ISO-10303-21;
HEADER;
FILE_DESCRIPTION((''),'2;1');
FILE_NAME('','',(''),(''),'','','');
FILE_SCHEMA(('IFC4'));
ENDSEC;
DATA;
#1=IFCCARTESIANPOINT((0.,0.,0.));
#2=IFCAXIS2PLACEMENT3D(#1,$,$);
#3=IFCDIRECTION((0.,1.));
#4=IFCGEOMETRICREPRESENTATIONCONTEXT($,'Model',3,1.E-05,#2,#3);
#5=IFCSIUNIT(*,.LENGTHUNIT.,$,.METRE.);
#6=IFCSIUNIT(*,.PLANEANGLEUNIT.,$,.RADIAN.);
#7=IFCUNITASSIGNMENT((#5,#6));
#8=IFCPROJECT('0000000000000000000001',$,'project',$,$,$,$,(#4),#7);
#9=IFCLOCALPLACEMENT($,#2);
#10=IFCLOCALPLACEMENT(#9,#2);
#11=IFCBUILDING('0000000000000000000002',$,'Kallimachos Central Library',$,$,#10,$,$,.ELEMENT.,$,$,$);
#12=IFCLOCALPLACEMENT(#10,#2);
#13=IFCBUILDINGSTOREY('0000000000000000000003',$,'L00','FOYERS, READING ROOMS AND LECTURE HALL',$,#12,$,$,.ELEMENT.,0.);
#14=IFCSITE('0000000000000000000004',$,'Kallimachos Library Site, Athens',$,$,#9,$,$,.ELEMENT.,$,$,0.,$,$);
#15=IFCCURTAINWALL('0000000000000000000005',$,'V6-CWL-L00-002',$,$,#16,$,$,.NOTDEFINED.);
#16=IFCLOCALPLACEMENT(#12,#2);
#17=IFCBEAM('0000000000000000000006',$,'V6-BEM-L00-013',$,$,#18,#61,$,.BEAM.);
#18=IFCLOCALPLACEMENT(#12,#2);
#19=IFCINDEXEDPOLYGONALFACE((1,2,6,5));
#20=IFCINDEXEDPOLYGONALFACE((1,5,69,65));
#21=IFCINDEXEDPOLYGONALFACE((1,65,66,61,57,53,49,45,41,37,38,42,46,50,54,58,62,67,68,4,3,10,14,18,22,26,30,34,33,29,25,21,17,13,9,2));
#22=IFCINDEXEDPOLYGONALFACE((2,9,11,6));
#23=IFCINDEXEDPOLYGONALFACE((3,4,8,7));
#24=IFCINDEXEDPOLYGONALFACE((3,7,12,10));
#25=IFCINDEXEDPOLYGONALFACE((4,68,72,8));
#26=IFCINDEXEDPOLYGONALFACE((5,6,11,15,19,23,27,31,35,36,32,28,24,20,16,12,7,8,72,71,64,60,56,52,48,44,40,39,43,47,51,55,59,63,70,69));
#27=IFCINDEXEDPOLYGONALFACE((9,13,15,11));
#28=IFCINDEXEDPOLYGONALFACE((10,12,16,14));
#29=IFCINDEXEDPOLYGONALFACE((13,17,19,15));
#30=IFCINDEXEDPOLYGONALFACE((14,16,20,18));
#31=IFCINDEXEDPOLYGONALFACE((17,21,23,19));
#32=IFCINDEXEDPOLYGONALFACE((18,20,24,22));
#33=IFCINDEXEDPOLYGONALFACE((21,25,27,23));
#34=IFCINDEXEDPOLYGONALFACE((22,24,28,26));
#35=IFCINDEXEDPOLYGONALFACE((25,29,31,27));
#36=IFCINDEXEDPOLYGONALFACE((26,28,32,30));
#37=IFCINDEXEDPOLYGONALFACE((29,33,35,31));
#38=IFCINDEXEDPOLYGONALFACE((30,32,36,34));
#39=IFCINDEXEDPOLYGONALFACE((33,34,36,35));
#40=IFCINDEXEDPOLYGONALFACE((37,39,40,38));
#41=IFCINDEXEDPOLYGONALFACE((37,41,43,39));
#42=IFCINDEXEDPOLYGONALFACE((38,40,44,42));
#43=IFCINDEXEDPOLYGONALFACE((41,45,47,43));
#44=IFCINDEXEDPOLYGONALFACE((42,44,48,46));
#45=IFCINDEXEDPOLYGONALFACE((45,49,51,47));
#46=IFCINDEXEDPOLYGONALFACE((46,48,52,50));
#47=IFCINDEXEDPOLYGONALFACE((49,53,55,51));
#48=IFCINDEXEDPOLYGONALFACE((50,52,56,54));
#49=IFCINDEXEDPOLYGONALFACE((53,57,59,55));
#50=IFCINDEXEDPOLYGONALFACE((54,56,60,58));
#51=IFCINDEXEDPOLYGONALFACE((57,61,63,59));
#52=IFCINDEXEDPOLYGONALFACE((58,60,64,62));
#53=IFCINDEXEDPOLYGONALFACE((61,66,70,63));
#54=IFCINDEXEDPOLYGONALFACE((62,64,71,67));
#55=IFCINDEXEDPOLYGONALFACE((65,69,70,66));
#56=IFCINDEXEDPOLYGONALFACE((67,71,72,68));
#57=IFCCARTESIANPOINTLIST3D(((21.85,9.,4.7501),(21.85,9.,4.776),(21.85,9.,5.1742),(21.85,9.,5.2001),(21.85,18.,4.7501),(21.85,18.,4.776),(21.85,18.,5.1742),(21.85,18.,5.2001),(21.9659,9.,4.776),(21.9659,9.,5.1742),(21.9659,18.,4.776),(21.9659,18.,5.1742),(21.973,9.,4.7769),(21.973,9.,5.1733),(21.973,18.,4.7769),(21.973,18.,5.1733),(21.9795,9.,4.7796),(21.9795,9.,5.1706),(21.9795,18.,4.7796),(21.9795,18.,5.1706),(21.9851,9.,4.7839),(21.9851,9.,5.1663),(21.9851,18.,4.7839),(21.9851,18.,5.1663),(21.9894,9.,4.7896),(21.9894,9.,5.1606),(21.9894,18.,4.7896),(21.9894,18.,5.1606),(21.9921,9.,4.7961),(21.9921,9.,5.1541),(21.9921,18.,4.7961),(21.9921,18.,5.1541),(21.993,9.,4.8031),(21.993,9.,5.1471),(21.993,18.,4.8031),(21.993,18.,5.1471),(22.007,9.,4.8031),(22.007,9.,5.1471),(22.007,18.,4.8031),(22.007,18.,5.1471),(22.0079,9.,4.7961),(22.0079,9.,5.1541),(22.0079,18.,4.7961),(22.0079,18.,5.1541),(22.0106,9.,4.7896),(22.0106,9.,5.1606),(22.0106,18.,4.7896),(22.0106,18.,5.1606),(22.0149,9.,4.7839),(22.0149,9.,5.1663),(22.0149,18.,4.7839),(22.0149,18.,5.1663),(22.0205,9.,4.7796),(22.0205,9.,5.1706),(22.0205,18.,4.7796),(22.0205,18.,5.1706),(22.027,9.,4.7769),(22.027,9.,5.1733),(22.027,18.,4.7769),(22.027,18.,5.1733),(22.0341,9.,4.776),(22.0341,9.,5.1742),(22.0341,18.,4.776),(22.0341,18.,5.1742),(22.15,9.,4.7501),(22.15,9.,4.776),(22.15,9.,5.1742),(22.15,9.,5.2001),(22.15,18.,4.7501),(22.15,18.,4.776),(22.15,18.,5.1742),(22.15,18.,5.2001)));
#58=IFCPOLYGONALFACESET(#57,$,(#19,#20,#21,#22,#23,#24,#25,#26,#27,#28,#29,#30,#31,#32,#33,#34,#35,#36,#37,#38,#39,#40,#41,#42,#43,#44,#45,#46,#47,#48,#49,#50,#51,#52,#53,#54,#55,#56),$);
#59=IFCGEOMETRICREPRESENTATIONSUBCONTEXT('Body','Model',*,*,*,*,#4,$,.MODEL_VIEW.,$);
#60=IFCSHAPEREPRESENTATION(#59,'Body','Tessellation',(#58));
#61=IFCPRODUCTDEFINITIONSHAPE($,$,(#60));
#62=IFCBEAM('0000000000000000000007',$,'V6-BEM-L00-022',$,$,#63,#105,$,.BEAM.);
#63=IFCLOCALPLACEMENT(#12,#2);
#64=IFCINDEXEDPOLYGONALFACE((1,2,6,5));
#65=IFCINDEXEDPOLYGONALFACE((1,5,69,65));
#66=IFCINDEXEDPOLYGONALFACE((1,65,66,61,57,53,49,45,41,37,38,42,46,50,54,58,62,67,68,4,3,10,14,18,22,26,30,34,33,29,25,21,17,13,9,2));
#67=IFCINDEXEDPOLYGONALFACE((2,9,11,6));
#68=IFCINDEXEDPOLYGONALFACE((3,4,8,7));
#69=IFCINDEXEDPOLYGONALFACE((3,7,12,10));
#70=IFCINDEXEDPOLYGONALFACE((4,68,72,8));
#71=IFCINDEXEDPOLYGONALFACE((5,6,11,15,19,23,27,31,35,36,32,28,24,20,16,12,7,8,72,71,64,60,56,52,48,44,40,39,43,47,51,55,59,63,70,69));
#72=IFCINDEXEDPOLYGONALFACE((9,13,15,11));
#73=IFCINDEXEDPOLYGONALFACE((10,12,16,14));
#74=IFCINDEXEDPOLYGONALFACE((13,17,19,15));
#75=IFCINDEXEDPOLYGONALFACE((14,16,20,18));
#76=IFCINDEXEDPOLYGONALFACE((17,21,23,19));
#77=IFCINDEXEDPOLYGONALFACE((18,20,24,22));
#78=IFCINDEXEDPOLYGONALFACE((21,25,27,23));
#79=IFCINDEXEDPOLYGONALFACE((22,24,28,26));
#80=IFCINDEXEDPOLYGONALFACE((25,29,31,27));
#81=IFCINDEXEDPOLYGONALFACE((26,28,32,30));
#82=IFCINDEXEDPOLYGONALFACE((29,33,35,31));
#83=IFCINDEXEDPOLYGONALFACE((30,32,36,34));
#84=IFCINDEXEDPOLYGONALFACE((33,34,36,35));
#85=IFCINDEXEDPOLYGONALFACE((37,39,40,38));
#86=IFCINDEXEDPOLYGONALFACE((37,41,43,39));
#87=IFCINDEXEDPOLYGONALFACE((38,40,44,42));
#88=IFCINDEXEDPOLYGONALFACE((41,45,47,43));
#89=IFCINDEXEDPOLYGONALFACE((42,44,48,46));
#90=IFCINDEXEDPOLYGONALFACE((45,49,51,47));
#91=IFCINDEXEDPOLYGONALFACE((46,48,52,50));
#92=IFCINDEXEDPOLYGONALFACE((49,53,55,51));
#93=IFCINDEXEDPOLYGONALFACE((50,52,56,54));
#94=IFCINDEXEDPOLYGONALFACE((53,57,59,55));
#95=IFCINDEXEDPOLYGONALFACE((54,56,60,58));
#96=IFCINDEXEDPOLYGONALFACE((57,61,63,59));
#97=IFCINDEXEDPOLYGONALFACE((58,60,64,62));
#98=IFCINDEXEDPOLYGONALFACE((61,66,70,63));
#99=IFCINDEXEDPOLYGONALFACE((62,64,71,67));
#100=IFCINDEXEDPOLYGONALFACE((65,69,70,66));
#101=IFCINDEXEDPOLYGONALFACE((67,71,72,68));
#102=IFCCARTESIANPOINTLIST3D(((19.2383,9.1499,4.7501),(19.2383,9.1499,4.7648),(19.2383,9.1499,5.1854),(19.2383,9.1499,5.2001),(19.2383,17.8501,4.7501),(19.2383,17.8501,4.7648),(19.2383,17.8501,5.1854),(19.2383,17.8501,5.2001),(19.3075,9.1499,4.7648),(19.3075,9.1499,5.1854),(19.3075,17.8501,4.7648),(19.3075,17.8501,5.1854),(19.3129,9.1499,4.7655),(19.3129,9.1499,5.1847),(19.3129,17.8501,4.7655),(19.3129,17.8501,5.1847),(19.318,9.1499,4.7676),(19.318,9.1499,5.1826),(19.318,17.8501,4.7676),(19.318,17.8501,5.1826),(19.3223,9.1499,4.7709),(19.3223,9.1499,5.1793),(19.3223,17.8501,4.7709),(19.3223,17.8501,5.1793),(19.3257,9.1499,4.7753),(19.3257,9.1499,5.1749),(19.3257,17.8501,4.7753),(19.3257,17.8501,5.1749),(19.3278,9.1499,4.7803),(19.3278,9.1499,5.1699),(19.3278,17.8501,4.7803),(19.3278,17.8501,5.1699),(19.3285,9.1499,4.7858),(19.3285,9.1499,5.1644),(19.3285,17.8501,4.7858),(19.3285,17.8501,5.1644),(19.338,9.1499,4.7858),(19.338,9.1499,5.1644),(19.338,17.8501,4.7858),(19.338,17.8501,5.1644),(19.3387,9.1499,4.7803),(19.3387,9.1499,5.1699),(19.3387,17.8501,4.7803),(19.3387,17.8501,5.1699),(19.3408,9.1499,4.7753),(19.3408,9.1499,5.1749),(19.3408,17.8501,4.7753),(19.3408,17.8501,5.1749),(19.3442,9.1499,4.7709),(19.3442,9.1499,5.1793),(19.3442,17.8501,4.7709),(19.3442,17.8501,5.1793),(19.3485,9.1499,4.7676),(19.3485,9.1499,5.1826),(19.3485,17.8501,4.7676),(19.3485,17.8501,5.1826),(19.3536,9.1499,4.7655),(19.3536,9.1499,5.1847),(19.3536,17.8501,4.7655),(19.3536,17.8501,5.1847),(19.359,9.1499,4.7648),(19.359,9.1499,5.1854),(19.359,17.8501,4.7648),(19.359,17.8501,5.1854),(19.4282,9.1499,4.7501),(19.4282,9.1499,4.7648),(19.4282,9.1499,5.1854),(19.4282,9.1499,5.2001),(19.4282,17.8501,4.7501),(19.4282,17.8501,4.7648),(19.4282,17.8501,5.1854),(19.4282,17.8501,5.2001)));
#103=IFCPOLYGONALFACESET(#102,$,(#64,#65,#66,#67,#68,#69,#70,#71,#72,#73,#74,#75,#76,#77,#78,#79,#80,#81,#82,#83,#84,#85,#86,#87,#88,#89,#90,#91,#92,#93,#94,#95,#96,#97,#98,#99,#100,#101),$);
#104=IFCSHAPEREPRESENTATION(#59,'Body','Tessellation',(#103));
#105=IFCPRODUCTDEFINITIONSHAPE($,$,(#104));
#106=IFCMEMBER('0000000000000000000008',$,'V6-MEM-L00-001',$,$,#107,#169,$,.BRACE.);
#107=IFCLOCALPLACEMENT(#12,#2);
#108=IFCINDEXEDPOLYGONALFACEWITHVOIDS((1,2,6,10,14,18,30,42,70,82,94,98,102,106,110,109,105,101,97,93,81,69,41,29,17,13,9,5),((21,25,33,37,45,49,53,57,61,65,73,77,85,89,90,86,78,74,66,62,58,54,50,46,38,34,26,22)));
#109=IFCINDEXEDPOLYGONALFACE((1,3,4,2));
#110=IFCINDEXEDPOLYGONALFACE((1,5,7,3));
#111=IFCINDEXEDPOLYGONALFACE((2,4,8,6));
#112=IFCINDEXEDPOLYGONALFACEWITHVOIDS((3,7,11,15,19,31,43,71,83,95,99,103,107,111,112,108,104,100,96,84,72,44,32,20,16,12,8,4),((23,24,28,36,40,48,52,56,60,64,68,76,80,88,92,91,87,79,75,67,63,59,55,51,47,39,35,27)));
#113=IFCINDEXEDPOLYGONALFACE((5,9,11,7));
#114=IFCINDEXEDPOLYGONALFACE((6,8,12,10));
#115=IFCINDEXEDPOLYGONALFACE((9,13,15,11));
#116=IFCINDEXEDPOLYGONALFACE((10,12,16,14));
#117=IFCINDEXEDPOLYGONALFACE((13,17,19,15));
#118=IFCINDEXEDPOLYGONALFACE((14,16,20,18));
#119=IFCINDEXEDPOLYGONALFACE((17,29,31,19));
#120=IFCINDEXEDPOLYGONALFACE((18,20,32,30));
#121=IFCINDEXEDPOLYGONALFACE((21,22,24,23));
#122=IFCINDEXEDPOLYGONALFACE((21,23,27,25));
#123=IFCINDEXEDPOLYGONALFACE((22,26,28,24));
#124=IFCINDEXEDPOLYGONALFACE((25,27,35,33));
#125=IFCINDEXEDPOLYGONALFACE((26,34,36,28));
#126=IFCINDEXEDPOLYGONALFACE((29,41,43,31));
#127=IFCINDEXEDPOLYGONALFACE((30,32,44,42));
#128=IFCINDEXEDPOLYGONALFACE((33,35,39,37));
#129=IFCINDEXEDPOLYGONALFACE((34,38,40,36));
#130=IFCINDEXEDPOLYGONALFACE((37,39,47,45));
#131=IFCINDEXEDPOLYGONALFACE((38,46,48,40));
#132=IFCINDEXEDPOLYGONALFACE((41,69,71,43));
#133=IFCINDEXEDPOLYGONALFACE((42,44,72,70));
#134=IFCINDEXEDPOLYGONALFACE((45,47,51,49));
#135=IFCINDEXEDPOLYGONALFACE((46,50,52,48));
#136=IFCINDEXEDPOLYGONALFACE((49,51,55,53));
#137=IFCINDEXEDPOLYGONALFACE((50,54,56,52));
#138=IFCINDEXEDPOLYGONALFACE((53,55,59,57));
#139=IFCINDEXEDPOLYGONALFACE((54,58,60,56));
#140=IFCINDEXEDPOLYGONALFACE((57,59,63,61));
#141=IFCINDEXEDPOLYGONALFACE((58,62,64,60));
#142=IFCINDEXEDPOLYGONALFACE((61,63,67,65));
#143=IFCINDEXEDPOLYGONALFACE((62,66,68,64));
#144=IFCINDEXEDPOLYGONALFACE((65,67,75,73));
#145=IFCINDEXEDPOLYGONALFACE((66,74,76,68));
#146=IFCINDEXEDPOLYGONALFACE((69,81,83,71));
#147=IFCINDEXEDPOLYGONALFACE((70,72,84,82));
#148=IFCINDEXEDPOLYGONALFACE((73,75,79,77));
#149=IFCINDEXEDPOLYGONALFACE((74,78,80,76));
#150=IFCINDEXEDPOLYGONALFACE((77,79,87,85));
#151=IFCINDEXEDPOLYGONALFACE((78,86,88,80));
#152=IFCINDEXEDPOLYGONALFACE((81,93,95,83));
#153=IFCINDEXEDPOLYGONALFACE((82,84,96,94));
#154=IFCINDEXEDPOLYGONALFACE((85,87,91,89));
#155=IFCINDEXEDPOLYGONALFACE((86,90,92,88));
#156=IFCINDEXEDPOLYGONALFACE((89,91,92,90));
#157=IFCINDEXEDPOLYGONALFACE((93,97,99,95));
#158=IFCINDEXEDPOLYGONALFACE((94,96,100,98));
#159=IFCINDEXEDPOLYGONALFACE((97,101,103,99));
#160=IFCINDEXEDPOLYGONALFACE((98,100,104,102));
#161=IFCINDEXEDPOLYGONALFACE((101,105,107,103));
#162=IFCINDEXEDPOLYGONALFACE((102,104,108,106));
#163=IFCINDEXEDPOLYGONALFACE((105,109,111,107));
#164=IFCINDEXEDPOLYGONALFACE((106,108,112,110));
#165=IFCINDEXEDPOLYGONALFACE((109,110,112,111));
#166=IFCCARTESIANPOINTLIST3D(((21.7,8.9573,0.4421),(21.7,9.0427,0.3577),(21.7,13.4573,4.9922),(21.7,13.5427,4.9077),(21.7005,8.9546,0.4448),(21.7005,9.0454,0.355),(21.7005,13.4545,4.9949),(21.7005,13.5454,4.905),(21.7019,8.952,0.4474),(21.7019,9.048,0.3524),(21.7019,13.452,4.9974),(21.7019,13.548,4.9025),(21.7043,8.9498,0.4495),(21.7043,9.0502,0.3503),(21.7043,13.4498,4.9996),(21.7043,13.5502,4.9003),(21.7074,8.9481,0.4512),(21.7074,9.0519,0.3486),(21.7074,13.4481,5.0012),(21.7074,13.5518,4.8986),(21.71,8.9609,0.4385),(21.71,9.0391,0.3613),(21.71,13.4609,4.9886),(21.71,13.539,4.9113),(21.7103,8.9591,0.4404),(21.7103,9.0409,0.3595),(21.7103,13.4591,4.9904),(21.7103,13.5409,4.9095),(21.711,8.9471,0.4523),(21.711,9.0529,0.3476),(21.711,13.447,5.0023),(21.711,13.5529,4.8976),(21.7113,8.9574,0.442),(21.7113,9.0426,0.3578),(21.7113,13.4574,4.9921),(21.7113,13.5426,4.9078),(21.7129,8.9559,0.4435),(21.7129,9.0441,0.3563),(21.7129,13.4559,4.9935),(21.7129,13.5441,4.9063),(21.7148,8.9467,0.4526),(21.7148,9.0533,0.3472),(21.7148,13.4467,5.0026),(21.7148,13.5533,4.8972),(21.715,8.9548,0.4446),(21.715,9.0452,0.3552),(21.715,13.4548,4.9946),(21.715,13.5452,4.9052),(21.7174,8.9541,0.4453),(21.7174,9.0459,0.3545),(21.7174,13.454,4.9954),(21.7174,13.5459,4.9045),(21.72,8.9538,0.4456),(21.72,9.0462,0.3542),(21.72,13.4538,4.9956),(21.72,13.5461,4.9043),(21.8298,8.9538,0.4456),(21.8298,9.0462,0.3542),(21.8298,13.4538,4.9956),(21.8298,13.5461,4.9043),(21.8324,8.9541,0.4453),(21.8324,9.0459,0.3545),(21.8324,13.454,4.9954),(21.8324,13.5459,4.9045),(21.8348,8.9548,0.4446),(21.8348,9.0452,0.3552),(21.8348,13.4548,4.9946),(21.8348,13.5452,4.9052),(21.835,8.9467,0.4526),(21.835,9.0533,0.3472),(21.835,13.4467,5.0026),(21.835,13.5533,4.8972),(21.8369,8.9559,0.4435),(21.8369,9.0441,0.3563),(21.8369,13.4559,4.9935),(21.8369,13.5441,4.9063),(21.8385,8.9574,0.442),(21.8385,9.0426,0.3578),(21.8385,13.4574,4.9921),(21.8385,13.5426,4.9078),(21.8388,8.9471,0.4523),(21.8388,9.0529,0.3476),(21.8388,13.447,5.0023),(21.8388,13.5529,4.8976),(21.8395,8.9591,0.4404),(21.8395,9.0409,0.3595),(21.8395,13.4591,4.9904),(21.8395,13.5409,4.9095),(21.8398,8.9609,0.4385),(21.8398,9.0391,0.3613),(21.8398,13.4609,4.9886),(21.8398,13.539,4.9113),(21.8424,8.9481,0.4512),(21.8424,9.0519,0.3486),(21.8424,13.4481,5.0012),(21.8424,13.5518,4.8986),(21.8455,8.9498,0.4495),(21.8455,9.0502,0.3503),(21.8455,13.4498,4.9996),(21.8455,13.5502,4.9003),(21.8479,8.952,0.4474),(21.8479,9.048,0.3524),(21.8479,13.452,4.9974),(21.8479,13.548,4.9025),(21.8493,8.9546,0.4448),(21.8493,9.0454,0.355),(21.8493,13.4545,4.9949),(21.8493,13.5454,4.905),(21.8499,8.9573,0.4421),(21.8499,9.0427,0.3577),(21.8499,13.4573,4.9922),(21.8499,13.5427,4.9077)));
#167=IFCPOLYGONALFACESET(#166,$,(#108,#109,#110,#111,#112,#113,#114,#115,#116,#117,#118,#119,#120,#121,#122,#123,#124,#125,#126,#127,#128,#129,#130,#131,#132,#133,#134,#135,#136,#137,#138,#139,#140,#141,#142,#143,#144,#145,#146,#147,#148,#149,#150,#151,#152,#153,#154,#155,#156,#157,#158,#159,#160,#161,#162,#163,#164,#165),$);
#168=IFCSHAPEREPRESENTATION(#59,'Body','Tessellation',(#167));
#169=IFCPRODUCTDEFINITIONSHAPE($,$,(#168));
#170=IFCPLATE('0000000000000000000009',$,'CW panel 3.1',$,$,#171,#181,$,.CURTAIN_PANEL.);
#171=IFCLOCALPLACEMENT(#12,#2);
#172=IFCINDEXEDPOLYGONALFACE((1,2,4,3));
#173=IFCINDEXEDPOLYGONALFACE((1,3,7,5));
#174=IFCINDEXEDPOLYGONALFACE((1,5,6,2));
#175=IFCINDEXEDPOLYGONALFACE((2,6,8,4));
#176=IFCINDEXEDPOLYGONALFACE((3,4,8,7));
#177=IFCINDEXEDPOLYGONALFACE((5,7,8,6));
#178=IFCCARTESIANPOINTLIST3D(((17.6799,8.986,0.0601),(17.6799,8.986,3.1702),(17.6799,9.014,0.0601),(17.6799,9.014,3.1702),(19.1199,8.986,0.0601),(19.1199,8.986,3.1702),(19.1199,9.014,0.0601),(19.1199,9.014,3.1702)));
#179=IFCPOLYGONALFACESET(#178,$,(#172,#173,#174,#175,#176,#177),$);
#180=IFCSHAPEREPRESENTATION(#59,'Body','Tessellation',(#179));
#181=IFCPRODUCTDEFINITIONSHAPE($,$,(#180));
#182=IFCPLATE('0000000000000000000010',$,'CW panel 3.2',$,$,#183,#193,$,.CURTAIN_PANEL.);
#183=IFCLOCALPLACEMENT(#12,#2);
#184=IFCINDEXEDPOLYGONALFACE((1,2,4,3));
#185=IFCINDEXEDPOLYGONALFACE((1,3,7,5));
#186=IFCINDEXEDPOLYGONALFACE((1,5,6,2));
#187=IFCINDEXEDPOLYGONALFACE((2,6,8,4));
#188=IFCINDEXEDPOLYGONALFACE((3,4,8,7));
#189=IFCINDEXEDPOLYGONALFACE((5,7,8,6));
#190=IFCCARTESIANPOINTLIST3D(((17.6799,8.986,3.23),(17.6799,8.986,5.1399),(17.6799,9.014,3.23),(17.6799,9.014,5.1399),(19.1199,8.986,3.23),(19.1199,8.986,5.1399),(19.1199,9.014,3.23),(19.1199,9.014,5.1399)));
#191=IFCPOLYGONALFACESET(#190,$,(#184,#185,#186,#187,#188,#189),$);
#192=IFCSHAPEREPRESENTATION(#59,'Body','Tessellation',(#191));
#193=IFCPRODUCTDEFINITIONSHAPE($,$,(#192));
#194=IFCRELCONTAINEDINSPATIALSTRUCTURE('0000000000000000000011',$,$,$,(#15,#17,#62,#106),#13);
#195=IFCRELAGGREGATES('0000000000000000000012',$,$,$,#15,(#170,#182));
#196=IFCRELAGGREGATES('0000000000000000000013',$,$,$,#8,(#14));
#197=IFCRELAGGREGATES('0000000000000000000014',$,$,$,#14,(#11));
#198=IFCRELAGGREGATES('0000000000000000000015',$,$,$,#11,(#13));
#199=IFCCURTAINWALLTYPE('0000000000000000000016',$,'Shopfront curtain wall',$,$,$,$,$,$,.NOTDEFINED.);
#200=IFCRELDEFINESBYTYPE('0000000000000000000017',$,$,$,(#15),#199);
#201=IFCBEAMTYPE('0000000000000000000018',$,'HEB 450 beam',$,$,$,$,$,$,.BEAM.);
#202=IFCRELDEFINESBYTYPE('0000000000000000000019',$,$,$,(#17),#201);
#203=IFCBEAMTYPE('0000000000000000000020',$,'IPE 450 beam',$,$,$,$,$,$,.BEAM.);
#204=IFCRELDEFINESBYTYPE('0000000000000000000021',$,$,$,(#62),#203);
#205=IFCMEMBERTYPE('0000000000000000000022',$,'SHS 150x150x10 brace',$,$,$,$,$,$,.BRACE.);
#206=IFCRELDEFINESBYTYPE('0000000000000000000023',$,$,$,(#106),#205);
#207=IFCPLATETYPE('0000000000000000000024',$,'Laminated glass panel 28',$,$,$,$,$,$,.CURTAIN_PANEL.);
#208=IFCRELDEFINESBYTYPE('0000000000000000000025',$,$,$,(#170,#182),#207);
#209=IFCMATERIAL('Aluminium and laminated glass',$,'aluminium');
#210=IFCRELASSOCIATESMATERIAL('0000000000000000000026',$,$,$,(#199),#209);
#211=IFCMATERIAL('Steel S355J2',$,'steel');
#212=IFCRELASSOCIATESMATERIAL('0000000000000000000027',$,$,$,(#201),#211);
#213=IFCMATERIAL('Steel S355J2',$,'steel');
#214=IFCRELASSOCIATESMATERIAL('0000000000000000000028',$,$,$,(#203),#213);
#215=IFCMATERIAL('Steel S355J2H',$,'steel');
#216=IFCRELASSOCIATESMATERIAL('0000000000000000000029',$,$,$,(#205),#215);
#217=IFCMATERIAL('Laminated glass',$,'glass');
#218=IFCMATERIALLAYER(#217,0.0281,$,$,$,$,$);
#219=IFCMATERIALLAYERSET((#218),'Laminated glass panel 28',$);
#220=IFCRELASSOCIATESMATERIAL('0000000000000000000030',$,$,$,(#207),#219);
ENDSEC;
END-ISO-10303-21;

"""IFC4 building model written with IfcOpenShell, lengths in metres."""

from ifc_helpers import new_model, si_unit, direction, frame, origin, origin_2d, place, context, subcontext, project, spatial, rectangle, hollow_rectangle, i_section, extrude, material, layer, layer_set, material_profile, profile_set, type_object, element, aggregate, save


model = new_model("IFC4")

# Units and contexts
model_context = context("Model", 3, precision=1e-05, world=origin(), true_north=direction((0.0, 1.0)))
body_context = subcontext(model_context, "Body", "Model", "MODEL_VIEW")
ifc_project = project(units=[si_unit("LENGTHUNIT", "METRE"), si_unit("PLANEANGLEUNIT", "RADIAN")], contexts=[model_context])

# Site, building, storey
site_placement = place(None, origin())
site = spatial("IfcSite", under=ifc_project, at=site_placement, Name="Kallimachos Library Site, Athens", CompositionType="ELEMENT", RefElevation=0.0)
building_placement = place(site_placement, origin())
building = spatial("IfcBuilding", under=site, at=building_placement, Name="Kallimachos Central Library", CompositionType="ELEMENT")
storey_placement = place(building_placement, origin())
storey = spatial("IfcBuildingStorey", under=building, at=storey_placement, Name="L00", Description="FOYERS, READING ROOMS AND LECTURE HALL", CompositionType="ELEMENT", Elevation=0.0)

# Curtain wall
ifc_material_1 = material(Name="Aluminium and laminated glass", Category="aluminium")
curtain_wall_type = type_object("IfcCurtainWallType", Name="Shopfront curtain wall", PredefinedType="NOTDEFINED", material=ifc_material_1)
curtain_wall_placement = place(storey_placement, origin())
curtain_wall = element("IfcCurtainWall", 1, at=curtain_wall_placement, inside=storey, type_object=curtain_wall_type, Name="V6-CWL-L00-002", PredefinedType="NOTDEFINED")

# Beams
ifc_material_2 = material(Name="Steel S355J2", Category="steel")
ifc_material_profile_1 = material_profile(ifc_material_2, i_section(OverallWidth=0.3, OverallDepth=0.45, WebThickness=0.0139, FlangeThickness=0.0259, FilletRadius=0.0271, at=origin_2d()), Name="HEB 450")
ifc_profile_set_1 = profile_set([ifc_material_profile_1], Name="Steel S355J2")
beam_type_1 = type_object("IfcBeamType", Name="HEB 450 beam", PredefinedType="BEAM", material=ifc_profile_set_1)
beam_1_placement = place(storey_placement, frame((22.0, 9.0, 4.9751), z_axis=(0.0, 1.0, 0.0), x_axis=(-1.0, 0.0, 0.0)))
element("IfcBeam", 2, at=beam_1_placement, inside=storey, type_object=beam_type_1, Name="V6-BEM-L00-013", PredefinedType="BEAM", context=body_context, shape_type="SweptSolid", body=[
    extrude(i_section(OverallWidth=0.3, OverallDepth=0.45, WebThickness=0.0139, FlangeThickness=0.0259, FilletRadius=0.0271, at=origin_2d()), origin(), (0.0, 0.0, 1.0), 9.0),
])
ifc_material_3 = material(Name="Steel S355J2", Category="steel")
ifc_material_profile_2 = material_profile(ifc_material_3, i_section(OverallWidth=0.1899, OverallDepth=0.45, WebThickness=0.0095, FlangeThickness=0.0146, FilletRadius=0.021, at=origin_2d()), Name="IPE 450")
ifc_profile_set_2 = profile_set([ifc_material_profile_2], Name="Steel S355J2")
beam_type_2 = type_object("IfcBeamType", Name="IPE 450 beam", PredefinedType="BEAM", material=ifc_profile_set_2)
beam_2_placement = place(storey_placement, frame((19.3333, 9.1499, 4.9751), z_axis=(0.0, 1.0, 0.0), x_axis=(-1.0, 0.0, 0.0)))
element("IfcBeam", 3, at=beam_2_placement, inside=storey, type_object=beam_type_2, Name="V6-BEM-L00-022", PredefinedType="BEAM", context=body_context, shape_type="SweptSolid", body=[
    extrude(i_section(OverallWidth=0.1899, OverallDepth=0.45, WebThickness=0.0095, FlangeThickness=0.0146, FilletRadius=0.021, at=origin_2d()), origin(), (0.0, 0.0, 1.0), 8.7002),
])

# Member
ifc_material_4 = material(Name="Steel S355J2H", Category="steel")
ifc_material_profile_3 = material_profile(ifc_material_4, hollow_rectangle(XDim=0.1499, YDim=0.1499, WallThickness=0.01, InnerFilletRadius=0.01, OuterFilletRadius=0.0149, at=origin_2d()), Name="SHS 150x150x10")
ifc_profile_set_3 = profile_set([ifc_material_profile_3], Name="Steel S355J2H")
member_type_1 = type_object("IfcMemberType", Name="SHS 150x150x10 brace", PredefinedType="BRACE", material=ifc_profile_set_3)
member_1_placement = place(storey_placement, frame((21.7749, 9.0, 0.3999), z_axis=(0.0, 0.703186, 0.711006), x_axis=(-1.0, 0.0, 0.0)))
element("IfcMember", 4, at=member_1_placement, inside=storey, type_object=member_type_1, Name="V6-MEM-L00-001", PredefinedType="BRACE", context=body_context, shape_type="SweptSolid", body=[
    extrude(hollow_rectangle(XDim=0.1499, YDim=0.1499, WallThickness=0.01, InnerFilletRadius=0.01, OuterFilletRadius=0.0149, at=origin_2d()), origin(), (0.0, 0.0, 1.0), 6.3994),
])

# Plates
ifc_material_5 = material(Name="Laminated glass", Category="glass")
ifc_layer_1 = layer(ifc_material_5, 0.0281)
ifc_layer_set_1 = layer_set([ifc_layer_1], Name="Laminated glass panel 28")
plate_type = type_object("IfcPlateType", Name="Laminated glass panel 28", PredefinedType="CURTAIN_PANEL", material=ifc_layer_set_1)
plate_1_placement = place(storey_placement, frame((18.3999, 9.0, 0.0601), z_axis=(0.0, 0.0, 1.0), x_axis=(1.0, 0.0, 0.0)))
plate_1 = element("IfcPlate", 5, at=plate_1_placement, type_object=plate_type, Name="CW panel 3.1", PredefinedType="CURTAIN_PANEL", context=body_context, shape_type="SweptSolid", body=[
    extrude(rectangle(XDim=1.4399, YDim=0.0281, at=origin_2d()), origin(), (0.0, 0.0, 1.0), 3.1101),
])
plate_2_placement = place(storey_placement, frame((18.3999, 9.0, 3.23), z_axis=(0.0, 0.0, 1.0), x_axis=(1.0, 0.0, 0.0)))
plate_2 = element("IfcPlate", 6, at=plate_2_placement, type_object=plate_type, Name="CW panel 3.2", PredefinedType="CURTAIN_PANEL", context=body_context, shape_type="SweptSolid", body=[
    extrude(rectangle(XDim=1.4399, YDim=0.0281, at=origin_2d()), origin(), (0.0, 0.0, 1.0), 1.9099),
])
aggregate(curtain_wall, [plate_1, plate_2])

save(model, "model.ifc")
